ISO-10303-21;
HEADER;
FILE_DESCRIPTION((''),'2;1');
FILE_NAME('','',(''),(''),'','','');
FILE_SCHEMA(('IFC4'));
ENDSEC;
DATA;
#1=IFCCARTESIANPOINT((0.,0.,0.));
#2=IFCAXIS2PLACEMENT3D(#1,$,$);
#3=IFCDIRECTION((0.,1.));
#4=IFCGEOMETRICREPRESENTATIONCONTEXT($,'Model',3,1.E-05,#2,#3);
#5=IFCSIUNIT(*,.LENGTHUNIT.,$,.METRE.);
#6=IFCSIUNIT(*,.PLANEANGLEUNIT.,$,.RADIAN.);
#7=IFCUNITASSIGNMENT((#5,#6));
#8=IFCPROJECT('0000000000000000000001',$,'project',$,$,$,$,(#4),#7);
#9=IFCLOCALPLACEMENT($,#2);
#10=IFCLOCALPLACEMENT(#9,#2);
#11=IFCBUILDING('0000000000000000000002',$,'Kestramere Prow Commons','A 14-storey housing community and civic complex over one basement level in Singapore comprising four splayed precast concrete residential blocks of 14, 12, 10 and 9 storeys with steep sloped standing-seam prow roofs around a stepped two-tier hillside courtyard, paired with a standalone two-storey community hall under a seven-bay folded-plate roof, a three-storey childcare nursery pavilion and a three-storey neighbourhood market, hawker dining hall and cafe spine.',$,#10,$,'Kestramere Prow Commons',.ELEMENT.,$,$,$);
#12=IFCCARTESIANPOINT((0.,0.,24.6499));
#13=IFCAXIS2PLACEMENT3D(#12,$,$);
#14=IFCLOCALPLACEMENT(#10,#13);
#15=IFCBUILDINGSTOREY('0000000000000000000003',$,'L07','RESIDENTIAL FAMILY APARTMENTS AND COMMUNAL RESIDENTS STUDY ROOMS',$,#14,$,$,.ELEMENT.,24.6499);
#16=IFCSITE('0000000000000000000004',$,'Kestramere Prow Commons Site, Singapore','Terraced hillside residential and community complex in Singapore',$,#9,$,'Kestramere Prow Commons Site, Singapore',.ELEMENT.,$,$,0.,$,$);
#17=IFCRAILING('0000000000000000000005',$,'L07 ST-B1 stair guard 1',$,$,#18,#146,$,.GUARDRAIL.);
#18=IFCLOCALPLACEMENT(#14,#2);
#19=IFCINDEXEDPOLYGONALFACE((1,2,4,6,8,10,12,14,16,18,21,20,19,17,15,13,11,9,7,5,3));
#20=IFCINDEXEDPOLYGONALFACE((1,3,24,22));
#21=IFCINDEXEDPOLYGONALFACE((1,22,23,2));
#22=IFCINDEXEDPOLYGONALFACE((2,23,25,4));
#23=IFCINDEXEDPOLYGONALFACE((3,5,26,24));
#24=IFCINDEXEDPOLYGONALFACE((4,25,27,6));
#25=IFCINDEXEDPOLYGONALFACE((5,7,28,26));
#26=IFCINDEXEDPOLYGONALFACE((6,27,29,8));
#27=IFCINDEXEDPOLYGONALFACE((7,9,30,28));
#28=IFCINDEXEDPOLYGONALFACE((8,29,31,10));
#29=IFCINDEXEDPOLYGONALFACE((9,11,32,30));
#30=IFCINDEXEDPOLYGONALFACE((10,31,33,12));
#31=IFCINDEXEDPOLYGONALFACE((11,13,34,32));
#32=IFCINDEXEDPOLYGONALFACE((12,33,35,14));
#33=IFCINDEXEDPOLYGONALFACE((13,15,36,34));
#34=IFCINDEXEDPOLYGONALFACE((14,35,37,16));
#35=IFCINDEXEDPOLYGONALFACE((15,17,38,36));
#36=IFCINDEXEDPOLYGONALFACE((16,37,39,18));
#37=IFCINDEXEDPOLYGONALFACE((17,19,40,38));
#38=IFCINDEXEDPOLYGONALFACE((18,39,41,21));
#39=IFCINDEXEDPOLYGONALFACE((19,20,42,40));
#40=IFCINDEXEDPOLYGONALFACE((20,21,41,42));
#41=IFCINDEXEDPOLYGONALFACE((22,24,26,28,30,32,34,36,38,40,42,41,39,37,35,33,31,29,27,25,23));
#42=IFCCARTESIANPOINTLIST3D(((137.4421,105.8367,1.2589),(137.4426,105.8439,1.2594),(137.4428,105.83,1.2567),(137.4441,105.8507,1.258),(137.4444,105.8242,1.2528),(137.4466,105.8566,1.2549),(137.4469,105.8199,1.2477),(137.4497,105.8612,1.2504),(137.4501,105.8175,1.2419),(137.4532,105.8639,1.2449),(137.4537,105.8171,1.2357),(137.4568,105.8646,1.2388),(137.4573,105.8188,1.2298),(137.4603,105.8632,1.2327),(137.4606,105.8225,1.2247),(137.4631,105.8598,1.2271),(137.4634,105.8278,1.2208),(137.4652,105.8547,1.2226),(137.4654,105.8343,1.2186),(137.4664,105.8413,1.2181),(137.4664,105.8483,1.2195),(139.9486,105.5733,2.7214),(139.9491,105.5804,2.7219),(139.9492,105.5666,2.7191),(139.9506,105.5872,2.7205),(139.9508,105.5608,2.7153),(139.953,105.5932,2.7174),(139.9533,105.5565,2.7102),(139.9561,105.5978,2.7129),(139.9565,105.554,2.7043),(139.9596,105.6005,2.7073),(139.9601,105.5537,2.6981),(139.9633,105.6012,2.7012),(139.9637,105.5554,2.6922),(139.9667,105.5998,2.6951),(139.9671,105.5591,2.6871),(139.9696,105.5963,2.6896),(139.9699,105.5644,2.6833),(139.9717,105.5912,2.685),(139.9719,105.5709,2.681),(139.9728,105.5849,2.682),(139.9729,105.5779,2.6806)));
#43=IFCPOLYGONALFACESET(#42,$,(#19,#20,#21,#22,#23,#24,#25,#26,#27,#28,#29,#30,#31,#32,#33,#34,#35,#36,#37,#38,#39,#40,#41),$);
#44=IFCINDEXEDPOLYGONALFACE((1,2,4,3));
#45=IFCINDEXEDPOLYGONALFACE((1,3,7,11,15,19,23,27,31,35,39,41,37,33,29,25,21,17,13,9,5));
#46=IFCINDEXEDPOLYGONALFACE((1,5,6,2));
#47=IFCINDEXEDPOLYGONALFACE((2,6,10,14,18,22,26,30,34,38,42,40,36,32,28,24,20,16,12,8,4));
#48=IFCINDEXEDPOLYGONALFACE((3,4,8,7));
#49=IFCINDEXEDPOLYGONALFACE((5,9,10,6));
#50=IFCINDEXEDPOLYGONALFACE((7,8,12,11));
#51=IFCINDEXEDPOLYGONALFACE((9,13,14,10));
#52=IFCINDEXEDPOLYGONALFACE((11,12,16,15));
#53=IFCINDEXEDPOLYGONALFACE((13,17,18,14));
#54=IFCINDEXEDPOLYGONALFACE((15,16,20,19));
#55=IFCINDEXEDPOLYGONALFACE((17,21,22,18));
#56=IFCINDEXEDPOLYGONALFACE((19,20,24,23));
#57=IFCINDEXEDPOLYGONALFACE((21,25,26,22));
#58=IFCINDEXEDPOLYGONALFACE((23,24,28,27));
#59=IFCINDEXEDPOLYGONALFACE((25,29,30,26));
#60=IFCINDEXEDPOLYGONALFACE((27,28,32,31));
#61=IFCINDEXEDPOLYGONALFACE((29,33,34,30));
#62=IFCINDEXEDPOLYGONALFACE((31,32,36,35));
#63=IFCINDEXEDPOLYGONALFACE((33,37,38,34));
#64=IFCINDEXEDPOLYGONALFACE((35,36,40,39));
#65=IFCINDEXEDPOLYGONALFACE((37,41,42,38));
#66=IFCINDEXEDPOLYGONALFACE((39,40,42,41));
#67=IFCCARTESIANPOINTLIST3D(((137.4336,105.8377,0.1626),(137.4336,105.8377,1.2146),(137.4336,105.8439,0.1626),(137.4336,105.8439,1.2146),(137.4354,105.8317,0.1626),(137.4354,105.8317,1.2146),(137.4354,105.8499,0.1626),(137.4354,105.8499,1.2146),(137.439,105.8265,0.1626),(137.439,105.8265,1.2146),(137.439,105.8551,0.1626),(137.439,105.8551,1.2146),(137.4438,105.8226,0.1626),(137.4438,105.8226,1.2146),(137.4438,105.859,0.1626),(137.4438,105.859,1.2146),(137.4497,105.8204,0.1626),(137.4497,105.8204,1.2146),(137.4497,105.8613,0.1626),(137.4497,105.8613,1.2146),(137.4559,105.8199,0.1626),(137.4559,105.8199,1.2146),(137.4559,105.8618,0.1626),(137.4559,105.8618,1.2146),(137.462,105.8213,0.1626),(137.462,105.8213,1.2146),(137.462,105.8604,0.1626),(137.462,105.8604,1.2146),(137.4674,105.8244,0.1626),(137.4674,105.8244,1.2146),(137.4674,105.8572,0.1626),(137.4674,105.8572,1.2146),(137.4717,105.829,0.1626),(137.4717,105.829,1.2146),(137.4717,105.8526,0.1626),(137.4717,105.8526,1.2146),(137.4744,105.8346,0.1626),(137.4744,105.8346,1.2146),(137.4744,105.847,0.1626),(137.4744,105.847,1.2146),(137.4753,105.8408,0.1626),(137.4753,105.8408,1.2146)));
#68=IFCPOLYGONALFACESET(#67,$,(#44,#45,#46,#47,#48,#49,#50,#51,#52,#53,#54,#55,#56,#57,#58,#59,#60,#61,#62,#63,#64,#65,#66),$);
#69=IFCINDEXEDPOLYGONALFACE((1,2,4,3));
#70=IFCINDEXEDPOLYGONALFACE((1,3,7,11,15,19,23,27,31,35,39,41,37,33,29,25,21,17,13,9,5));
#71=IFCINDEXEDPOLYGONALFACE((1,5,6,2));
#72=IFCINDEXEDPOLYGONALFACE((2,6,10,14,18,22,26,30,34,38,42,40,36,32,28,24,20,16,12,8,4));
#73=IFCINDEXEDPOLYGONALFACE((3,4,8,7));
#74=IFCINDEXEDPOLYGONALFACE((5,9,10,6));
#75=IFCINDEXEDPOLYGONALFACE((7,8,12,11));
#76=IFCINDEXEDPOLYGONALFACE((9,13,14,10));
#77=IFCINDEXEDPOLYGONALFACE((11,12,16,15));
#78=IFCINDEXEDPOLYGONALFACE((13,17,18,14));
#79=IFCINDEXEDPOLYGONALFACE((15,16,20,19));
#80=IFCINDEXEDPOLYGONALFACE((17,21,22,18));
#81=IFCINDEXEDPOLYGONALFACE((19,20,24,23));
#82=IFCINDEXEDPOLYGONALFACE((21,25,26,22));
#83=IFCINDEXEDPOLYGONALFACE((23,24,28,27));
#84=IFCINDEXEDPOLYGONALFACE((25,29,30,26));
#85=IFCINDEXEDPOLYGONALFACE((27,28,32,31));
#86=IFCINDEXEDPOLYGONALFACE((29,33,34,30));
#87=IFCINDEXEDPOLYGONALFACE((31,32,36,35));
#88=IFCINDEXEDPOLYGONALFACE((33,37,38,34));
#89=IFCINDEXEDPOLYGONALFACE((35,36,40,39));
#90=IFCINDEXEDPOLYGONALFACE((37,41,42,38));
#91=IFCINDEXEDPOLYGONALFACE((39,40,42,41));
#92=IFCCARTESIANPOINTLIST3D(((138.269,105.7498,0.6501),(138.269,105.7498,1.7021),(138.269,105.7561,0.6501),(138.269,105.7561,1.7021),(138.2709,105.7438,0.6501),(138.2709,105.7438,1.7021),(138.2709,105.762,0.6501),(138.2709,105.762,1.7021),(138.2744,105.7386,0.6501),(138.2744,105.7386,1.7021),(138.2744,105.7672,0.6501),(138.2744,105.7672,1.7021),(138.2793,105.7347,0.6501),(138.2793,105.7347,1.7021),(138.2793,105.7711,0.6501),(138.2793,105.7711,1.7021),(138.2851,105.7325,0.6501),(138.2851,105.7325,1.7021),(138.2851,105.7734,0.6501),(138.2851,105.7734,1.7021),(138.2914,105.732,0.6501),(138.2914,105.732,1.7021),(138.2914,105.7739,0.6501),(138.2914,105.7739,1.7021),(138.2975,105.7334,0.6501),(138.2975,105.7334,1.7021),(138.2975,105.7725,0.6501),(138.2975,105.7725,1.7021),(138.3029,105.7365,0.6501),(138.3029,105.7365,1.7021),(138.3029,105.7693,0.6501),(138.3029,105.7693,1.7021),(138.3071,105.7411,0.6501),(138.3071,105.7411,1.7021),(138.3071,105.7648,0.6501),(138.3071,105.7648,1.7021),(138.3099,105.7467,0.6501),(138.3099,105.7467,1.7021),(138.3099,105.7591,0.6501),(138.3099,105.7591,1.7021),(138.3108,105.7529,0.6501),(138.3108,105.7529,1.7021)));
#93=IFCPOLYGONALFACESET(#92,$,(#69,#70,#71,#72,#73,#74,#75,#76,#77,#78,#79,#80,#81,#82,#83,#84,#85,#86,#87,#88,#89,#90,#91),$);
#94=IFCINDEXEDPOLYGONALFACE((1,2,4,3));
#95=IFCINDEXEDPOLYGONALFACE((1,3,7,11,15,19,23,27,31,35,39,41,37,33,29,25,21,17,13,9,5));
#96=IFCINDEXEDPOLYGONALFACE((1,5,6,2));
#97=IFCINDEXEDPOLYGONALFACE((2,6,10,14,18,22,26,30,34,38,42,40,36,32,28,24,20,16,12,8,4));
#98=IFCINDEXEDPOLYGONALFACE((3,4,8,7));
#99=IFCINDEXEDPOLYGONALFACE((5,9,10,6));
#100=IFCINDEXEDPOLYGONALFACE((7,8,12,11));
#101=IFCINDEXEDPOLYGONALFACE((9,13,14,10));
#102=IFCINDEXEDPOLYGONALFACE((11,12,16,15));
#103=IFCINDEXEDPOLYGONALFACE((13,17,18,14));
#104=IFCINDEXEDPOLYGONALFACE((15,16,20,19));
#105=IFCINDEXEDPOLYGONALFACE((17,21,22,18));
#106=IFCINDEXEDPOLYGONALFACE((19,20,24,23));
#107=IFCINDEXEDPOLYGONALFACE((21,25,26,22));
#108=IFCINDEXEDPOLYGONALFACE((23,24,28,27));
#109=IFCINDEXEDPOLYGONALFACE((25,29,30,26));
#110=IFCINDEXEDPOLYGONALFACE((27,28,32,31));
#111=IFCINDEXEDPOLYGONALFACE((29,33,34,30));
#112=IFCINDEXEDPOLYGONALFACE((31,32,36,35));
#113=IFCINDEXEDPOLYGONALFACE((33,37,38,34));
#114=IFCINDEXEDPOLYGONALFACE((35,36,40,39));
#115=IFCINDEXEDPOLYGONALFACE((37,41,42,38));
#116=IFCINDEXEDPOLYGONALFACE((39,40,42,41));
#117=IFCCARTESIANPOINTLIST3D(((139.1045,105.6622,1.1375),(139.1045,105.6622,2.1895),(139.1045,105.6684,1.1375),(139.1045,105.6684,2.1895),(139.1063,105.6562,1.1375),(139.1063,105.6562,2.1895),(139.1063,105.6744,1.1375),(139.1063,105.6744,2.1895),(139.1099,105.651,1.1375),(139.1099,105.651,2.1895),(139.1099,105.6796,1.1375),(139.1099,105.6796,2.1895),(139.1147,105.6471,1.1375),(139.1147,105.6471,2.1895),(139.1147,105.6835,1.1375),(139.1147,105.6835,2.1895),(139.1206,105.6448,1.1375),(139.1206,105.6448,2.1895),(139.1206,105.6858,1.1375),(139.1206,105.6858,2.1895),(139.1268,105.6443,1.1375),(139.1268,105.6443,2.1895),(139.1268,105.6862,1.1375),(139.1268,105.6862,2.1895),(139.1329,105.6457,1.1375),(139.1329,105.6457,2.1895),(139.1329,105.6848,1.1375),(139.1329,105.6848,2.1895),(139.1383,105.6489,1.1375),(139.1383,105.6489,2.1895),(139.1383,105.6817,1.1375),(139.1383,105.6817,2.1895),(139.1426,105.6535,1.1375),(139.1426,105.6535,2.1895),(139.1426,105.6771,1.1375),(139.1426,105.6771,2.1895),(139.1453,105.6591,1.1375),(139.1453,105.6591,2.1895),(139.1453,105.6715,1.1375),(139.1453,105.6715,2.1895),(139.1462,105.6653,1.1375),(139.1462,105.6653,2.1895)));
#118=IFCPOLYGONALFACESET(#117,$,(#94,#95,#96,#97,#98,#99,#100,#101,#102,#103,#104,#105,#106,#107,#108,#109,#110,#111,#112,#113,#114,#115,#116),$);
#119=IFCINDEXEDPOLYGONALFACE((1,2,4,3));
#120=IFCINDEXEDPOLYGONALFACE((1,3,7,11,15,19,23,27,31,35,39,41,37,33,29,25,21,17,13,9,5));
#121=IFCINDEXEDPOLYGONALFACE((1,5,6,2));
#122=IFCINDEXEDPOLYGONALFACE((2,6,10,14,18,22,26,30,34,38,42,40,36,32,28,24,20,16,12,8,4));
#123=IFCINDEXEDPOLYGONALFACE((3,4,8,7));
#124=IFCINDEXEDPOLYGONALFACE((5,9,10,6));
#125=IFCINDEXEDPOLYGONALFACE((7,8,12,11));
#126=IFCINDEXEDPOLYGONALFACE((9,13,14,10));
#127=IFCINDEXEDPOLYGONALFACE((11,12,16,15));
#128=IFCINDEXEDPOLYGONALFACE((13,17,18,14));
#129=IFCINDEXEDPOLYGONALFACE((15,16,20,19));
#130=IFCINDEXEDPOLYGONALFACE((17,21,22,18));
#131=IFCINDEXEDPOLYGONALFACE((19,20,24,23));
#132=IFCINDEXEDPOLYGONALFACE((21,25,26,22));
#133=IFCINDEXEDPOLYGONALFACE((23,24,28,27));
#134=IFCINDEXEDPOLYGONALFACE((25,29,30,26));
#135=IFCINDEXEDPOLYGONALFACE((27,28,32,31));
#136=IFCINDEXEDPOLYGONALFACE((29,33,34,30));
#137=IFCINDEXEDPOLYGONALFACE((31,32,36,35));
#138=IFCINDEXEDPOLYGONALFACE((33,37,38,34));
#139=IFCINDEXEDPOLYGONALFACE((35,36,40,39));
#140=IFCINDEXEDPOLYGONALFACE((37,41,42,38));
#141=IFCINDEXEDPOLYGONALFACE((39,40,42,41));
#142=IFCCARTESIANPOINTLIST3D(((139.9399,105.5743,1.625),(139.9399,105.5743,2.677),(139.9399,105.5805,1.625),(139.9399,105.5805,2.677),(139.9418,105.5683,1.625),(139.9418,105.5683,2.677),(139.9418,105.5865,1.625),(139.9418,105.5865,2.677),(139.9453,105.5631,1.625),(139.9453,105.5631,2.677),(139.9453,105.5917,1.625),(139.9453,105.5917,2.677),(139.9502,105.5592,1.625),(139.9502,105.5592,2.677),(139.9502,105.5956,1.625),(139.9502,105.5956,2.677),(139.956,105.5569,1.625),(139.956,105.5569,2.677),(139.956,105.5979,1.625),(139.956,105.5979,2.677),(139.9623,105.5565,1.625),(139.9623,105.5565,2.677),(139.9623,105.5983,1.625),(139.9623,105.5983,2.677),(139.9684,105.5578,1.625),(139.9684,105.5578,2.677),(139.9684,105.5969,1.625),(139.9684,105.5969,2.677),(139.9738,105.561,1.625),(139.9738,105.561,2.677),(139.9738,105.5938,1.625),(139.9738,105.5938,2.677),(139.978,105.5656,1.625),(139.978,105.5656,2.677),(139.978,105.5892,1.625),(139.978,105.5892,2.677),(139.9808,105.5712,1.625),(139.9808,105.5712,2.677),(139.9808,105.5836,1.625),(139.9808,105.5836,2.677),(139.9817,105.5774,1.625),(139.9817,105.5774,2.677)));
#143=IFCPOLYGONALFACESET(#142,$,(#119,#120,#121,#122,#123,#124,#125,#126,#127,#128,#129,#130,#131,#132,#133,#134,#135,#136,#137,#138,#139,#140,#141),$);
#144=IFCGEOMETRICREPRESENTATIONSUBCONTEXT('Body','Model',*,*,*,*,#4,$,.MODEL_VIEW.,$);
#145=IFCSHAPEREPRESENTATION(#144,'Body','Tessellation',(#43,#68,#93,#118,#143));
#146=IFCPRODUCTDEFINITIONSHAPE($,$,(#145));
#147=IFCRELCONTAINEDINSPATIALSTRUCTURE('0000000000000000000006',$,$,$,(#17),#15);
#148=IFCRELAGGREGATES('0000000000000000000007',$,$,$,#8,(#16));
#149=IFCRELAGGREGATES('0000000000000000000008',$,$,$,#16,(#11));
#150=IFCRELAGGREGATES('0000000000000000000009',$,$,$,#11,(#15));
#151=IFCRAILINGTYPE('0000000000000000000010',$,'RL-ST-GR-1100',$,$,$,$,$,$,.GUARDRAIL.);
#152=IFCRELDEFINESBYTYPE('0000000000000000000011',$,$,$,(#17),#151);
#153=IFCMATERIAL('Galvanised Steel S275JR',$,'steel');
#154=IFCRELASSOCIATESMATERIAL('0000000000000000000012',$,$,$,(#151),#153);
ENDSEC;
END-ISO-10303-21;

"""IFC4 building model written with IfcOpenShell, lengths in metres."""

from ifc_helpers import new_model, si_unit, direction, frame, origin, origin_2d, place, context, subcontext, project, spatial, circle, extrude, material, type_object, element, save


model = new_model("IFC4")

# Units and contexts
model_context = context("Model", 3, precision=1e-05, world=origin(), true_north=direction((0.0, 1.0)))
body_context = subcontext(model_context, "Body", "Model", "MODEL_VIEW")
ifc_project = project(units=[si_unit("LENGTHUNIT", "METRE"), si_unit("PLANEANGLEUNIT", "RADIAN")], contexts=[model_context])

# Site, building, storey
site_placement = place(None, origin())
site = spatial("IfcSite", under=ifc_project, at=site_placement, Name="Kestramere Prow Commons Site, Singapore", Description="Terraced hillside residential and community complex in Singapore", LongName="Kestramere Prow Commons Site, Singapore", CompositionType="ELEMENT", RefElevation=0.0)
building_placement = place(site_placement, origin())
building = spatial("IfcBuilding", under=site, at=building_placement, Name="Kestramere Prow Commons", Description="A 14-storey housing community and civic complex over one basement level in Singapore comprising four splayed precast concrete residential blocks of 14, 12, 10 and 9 storeys with steep sloped standing-seam prow roofs around a stepped two-tier hillside courtyard, paired with a standalone two-storey community hall under a seven-bay folded-plate roof, a three-storey childcare nursery pavilion and a three-storey neighbourhood market, hawker dining hall and cafe spine.", LongName="Kestramere Prow Commons", CompositionType="ELEMENT")
storey_placement = place(building_placement, frame((0.0, 0.0, 24.6499)))
storey = spatial("IfcBuildingStorey", under=building, at=storey_placement, Name="L07", Description="RESIDENTIAL FAMILY APARTMENTS AND COMMUNAL RESIDENTS STUDY ROOMS", CompositionType="ELEMENT", Elevation=24.6499)

# Railing
ifc_material_1 = material(Name="Galvanised Steel S275JR", Category="steel")
railing_type_1 = type_object("IfcRailingType", Name="RL-ST-GR-1100", PredefinedType="GUARDRAIL", material=ifc_material_1)
railing_1_placement = place(storey_placement, frame((137.4543, 105.8408, 0.1626)))
element("IfcRailing", 1, at=railing_1_placement, inside=storey, type_object=railing_type_1, Name="L07 ST-B1 stair guard 1", PredefinedType="GUARDRAIL", context=body_context, shape_type="SweptSolid", body=[
    extrude(circle(Radius=0.0239, at=origin_2d()), frame((0.0, 0.0, 1.0762), z_axis=(0.860187, -0.090409, 0.501901), x_axis=(0.104528, 0.994522, 0.0)), (0.0, 0.0, 1.0), 2.9138),
    extrude(circle(Radius=0.021, at=origin_2d()), origin(), (0.0, 0.0, 1.0), 1.052),
    extrude(circle(Radius=0.021, at=origin_2d()), frame((0.8354, -0.0879, 0.4875)), (0.0, 0.0, 1.0), 1.052),
    extrude(circle(Radius=0.021, at=origin_2d()), frame((1.6709, -0.1755, 0.9749)), (0.0, 0.0, 1.0), 1.052),
    extrude(circle(Radius=0.021, at=origin_2d()), frame((2.5063, -0.2634, 1.4624)), (0.0, 0.0, 1.0), 1.052),
])

save(model, "model.ifc")
